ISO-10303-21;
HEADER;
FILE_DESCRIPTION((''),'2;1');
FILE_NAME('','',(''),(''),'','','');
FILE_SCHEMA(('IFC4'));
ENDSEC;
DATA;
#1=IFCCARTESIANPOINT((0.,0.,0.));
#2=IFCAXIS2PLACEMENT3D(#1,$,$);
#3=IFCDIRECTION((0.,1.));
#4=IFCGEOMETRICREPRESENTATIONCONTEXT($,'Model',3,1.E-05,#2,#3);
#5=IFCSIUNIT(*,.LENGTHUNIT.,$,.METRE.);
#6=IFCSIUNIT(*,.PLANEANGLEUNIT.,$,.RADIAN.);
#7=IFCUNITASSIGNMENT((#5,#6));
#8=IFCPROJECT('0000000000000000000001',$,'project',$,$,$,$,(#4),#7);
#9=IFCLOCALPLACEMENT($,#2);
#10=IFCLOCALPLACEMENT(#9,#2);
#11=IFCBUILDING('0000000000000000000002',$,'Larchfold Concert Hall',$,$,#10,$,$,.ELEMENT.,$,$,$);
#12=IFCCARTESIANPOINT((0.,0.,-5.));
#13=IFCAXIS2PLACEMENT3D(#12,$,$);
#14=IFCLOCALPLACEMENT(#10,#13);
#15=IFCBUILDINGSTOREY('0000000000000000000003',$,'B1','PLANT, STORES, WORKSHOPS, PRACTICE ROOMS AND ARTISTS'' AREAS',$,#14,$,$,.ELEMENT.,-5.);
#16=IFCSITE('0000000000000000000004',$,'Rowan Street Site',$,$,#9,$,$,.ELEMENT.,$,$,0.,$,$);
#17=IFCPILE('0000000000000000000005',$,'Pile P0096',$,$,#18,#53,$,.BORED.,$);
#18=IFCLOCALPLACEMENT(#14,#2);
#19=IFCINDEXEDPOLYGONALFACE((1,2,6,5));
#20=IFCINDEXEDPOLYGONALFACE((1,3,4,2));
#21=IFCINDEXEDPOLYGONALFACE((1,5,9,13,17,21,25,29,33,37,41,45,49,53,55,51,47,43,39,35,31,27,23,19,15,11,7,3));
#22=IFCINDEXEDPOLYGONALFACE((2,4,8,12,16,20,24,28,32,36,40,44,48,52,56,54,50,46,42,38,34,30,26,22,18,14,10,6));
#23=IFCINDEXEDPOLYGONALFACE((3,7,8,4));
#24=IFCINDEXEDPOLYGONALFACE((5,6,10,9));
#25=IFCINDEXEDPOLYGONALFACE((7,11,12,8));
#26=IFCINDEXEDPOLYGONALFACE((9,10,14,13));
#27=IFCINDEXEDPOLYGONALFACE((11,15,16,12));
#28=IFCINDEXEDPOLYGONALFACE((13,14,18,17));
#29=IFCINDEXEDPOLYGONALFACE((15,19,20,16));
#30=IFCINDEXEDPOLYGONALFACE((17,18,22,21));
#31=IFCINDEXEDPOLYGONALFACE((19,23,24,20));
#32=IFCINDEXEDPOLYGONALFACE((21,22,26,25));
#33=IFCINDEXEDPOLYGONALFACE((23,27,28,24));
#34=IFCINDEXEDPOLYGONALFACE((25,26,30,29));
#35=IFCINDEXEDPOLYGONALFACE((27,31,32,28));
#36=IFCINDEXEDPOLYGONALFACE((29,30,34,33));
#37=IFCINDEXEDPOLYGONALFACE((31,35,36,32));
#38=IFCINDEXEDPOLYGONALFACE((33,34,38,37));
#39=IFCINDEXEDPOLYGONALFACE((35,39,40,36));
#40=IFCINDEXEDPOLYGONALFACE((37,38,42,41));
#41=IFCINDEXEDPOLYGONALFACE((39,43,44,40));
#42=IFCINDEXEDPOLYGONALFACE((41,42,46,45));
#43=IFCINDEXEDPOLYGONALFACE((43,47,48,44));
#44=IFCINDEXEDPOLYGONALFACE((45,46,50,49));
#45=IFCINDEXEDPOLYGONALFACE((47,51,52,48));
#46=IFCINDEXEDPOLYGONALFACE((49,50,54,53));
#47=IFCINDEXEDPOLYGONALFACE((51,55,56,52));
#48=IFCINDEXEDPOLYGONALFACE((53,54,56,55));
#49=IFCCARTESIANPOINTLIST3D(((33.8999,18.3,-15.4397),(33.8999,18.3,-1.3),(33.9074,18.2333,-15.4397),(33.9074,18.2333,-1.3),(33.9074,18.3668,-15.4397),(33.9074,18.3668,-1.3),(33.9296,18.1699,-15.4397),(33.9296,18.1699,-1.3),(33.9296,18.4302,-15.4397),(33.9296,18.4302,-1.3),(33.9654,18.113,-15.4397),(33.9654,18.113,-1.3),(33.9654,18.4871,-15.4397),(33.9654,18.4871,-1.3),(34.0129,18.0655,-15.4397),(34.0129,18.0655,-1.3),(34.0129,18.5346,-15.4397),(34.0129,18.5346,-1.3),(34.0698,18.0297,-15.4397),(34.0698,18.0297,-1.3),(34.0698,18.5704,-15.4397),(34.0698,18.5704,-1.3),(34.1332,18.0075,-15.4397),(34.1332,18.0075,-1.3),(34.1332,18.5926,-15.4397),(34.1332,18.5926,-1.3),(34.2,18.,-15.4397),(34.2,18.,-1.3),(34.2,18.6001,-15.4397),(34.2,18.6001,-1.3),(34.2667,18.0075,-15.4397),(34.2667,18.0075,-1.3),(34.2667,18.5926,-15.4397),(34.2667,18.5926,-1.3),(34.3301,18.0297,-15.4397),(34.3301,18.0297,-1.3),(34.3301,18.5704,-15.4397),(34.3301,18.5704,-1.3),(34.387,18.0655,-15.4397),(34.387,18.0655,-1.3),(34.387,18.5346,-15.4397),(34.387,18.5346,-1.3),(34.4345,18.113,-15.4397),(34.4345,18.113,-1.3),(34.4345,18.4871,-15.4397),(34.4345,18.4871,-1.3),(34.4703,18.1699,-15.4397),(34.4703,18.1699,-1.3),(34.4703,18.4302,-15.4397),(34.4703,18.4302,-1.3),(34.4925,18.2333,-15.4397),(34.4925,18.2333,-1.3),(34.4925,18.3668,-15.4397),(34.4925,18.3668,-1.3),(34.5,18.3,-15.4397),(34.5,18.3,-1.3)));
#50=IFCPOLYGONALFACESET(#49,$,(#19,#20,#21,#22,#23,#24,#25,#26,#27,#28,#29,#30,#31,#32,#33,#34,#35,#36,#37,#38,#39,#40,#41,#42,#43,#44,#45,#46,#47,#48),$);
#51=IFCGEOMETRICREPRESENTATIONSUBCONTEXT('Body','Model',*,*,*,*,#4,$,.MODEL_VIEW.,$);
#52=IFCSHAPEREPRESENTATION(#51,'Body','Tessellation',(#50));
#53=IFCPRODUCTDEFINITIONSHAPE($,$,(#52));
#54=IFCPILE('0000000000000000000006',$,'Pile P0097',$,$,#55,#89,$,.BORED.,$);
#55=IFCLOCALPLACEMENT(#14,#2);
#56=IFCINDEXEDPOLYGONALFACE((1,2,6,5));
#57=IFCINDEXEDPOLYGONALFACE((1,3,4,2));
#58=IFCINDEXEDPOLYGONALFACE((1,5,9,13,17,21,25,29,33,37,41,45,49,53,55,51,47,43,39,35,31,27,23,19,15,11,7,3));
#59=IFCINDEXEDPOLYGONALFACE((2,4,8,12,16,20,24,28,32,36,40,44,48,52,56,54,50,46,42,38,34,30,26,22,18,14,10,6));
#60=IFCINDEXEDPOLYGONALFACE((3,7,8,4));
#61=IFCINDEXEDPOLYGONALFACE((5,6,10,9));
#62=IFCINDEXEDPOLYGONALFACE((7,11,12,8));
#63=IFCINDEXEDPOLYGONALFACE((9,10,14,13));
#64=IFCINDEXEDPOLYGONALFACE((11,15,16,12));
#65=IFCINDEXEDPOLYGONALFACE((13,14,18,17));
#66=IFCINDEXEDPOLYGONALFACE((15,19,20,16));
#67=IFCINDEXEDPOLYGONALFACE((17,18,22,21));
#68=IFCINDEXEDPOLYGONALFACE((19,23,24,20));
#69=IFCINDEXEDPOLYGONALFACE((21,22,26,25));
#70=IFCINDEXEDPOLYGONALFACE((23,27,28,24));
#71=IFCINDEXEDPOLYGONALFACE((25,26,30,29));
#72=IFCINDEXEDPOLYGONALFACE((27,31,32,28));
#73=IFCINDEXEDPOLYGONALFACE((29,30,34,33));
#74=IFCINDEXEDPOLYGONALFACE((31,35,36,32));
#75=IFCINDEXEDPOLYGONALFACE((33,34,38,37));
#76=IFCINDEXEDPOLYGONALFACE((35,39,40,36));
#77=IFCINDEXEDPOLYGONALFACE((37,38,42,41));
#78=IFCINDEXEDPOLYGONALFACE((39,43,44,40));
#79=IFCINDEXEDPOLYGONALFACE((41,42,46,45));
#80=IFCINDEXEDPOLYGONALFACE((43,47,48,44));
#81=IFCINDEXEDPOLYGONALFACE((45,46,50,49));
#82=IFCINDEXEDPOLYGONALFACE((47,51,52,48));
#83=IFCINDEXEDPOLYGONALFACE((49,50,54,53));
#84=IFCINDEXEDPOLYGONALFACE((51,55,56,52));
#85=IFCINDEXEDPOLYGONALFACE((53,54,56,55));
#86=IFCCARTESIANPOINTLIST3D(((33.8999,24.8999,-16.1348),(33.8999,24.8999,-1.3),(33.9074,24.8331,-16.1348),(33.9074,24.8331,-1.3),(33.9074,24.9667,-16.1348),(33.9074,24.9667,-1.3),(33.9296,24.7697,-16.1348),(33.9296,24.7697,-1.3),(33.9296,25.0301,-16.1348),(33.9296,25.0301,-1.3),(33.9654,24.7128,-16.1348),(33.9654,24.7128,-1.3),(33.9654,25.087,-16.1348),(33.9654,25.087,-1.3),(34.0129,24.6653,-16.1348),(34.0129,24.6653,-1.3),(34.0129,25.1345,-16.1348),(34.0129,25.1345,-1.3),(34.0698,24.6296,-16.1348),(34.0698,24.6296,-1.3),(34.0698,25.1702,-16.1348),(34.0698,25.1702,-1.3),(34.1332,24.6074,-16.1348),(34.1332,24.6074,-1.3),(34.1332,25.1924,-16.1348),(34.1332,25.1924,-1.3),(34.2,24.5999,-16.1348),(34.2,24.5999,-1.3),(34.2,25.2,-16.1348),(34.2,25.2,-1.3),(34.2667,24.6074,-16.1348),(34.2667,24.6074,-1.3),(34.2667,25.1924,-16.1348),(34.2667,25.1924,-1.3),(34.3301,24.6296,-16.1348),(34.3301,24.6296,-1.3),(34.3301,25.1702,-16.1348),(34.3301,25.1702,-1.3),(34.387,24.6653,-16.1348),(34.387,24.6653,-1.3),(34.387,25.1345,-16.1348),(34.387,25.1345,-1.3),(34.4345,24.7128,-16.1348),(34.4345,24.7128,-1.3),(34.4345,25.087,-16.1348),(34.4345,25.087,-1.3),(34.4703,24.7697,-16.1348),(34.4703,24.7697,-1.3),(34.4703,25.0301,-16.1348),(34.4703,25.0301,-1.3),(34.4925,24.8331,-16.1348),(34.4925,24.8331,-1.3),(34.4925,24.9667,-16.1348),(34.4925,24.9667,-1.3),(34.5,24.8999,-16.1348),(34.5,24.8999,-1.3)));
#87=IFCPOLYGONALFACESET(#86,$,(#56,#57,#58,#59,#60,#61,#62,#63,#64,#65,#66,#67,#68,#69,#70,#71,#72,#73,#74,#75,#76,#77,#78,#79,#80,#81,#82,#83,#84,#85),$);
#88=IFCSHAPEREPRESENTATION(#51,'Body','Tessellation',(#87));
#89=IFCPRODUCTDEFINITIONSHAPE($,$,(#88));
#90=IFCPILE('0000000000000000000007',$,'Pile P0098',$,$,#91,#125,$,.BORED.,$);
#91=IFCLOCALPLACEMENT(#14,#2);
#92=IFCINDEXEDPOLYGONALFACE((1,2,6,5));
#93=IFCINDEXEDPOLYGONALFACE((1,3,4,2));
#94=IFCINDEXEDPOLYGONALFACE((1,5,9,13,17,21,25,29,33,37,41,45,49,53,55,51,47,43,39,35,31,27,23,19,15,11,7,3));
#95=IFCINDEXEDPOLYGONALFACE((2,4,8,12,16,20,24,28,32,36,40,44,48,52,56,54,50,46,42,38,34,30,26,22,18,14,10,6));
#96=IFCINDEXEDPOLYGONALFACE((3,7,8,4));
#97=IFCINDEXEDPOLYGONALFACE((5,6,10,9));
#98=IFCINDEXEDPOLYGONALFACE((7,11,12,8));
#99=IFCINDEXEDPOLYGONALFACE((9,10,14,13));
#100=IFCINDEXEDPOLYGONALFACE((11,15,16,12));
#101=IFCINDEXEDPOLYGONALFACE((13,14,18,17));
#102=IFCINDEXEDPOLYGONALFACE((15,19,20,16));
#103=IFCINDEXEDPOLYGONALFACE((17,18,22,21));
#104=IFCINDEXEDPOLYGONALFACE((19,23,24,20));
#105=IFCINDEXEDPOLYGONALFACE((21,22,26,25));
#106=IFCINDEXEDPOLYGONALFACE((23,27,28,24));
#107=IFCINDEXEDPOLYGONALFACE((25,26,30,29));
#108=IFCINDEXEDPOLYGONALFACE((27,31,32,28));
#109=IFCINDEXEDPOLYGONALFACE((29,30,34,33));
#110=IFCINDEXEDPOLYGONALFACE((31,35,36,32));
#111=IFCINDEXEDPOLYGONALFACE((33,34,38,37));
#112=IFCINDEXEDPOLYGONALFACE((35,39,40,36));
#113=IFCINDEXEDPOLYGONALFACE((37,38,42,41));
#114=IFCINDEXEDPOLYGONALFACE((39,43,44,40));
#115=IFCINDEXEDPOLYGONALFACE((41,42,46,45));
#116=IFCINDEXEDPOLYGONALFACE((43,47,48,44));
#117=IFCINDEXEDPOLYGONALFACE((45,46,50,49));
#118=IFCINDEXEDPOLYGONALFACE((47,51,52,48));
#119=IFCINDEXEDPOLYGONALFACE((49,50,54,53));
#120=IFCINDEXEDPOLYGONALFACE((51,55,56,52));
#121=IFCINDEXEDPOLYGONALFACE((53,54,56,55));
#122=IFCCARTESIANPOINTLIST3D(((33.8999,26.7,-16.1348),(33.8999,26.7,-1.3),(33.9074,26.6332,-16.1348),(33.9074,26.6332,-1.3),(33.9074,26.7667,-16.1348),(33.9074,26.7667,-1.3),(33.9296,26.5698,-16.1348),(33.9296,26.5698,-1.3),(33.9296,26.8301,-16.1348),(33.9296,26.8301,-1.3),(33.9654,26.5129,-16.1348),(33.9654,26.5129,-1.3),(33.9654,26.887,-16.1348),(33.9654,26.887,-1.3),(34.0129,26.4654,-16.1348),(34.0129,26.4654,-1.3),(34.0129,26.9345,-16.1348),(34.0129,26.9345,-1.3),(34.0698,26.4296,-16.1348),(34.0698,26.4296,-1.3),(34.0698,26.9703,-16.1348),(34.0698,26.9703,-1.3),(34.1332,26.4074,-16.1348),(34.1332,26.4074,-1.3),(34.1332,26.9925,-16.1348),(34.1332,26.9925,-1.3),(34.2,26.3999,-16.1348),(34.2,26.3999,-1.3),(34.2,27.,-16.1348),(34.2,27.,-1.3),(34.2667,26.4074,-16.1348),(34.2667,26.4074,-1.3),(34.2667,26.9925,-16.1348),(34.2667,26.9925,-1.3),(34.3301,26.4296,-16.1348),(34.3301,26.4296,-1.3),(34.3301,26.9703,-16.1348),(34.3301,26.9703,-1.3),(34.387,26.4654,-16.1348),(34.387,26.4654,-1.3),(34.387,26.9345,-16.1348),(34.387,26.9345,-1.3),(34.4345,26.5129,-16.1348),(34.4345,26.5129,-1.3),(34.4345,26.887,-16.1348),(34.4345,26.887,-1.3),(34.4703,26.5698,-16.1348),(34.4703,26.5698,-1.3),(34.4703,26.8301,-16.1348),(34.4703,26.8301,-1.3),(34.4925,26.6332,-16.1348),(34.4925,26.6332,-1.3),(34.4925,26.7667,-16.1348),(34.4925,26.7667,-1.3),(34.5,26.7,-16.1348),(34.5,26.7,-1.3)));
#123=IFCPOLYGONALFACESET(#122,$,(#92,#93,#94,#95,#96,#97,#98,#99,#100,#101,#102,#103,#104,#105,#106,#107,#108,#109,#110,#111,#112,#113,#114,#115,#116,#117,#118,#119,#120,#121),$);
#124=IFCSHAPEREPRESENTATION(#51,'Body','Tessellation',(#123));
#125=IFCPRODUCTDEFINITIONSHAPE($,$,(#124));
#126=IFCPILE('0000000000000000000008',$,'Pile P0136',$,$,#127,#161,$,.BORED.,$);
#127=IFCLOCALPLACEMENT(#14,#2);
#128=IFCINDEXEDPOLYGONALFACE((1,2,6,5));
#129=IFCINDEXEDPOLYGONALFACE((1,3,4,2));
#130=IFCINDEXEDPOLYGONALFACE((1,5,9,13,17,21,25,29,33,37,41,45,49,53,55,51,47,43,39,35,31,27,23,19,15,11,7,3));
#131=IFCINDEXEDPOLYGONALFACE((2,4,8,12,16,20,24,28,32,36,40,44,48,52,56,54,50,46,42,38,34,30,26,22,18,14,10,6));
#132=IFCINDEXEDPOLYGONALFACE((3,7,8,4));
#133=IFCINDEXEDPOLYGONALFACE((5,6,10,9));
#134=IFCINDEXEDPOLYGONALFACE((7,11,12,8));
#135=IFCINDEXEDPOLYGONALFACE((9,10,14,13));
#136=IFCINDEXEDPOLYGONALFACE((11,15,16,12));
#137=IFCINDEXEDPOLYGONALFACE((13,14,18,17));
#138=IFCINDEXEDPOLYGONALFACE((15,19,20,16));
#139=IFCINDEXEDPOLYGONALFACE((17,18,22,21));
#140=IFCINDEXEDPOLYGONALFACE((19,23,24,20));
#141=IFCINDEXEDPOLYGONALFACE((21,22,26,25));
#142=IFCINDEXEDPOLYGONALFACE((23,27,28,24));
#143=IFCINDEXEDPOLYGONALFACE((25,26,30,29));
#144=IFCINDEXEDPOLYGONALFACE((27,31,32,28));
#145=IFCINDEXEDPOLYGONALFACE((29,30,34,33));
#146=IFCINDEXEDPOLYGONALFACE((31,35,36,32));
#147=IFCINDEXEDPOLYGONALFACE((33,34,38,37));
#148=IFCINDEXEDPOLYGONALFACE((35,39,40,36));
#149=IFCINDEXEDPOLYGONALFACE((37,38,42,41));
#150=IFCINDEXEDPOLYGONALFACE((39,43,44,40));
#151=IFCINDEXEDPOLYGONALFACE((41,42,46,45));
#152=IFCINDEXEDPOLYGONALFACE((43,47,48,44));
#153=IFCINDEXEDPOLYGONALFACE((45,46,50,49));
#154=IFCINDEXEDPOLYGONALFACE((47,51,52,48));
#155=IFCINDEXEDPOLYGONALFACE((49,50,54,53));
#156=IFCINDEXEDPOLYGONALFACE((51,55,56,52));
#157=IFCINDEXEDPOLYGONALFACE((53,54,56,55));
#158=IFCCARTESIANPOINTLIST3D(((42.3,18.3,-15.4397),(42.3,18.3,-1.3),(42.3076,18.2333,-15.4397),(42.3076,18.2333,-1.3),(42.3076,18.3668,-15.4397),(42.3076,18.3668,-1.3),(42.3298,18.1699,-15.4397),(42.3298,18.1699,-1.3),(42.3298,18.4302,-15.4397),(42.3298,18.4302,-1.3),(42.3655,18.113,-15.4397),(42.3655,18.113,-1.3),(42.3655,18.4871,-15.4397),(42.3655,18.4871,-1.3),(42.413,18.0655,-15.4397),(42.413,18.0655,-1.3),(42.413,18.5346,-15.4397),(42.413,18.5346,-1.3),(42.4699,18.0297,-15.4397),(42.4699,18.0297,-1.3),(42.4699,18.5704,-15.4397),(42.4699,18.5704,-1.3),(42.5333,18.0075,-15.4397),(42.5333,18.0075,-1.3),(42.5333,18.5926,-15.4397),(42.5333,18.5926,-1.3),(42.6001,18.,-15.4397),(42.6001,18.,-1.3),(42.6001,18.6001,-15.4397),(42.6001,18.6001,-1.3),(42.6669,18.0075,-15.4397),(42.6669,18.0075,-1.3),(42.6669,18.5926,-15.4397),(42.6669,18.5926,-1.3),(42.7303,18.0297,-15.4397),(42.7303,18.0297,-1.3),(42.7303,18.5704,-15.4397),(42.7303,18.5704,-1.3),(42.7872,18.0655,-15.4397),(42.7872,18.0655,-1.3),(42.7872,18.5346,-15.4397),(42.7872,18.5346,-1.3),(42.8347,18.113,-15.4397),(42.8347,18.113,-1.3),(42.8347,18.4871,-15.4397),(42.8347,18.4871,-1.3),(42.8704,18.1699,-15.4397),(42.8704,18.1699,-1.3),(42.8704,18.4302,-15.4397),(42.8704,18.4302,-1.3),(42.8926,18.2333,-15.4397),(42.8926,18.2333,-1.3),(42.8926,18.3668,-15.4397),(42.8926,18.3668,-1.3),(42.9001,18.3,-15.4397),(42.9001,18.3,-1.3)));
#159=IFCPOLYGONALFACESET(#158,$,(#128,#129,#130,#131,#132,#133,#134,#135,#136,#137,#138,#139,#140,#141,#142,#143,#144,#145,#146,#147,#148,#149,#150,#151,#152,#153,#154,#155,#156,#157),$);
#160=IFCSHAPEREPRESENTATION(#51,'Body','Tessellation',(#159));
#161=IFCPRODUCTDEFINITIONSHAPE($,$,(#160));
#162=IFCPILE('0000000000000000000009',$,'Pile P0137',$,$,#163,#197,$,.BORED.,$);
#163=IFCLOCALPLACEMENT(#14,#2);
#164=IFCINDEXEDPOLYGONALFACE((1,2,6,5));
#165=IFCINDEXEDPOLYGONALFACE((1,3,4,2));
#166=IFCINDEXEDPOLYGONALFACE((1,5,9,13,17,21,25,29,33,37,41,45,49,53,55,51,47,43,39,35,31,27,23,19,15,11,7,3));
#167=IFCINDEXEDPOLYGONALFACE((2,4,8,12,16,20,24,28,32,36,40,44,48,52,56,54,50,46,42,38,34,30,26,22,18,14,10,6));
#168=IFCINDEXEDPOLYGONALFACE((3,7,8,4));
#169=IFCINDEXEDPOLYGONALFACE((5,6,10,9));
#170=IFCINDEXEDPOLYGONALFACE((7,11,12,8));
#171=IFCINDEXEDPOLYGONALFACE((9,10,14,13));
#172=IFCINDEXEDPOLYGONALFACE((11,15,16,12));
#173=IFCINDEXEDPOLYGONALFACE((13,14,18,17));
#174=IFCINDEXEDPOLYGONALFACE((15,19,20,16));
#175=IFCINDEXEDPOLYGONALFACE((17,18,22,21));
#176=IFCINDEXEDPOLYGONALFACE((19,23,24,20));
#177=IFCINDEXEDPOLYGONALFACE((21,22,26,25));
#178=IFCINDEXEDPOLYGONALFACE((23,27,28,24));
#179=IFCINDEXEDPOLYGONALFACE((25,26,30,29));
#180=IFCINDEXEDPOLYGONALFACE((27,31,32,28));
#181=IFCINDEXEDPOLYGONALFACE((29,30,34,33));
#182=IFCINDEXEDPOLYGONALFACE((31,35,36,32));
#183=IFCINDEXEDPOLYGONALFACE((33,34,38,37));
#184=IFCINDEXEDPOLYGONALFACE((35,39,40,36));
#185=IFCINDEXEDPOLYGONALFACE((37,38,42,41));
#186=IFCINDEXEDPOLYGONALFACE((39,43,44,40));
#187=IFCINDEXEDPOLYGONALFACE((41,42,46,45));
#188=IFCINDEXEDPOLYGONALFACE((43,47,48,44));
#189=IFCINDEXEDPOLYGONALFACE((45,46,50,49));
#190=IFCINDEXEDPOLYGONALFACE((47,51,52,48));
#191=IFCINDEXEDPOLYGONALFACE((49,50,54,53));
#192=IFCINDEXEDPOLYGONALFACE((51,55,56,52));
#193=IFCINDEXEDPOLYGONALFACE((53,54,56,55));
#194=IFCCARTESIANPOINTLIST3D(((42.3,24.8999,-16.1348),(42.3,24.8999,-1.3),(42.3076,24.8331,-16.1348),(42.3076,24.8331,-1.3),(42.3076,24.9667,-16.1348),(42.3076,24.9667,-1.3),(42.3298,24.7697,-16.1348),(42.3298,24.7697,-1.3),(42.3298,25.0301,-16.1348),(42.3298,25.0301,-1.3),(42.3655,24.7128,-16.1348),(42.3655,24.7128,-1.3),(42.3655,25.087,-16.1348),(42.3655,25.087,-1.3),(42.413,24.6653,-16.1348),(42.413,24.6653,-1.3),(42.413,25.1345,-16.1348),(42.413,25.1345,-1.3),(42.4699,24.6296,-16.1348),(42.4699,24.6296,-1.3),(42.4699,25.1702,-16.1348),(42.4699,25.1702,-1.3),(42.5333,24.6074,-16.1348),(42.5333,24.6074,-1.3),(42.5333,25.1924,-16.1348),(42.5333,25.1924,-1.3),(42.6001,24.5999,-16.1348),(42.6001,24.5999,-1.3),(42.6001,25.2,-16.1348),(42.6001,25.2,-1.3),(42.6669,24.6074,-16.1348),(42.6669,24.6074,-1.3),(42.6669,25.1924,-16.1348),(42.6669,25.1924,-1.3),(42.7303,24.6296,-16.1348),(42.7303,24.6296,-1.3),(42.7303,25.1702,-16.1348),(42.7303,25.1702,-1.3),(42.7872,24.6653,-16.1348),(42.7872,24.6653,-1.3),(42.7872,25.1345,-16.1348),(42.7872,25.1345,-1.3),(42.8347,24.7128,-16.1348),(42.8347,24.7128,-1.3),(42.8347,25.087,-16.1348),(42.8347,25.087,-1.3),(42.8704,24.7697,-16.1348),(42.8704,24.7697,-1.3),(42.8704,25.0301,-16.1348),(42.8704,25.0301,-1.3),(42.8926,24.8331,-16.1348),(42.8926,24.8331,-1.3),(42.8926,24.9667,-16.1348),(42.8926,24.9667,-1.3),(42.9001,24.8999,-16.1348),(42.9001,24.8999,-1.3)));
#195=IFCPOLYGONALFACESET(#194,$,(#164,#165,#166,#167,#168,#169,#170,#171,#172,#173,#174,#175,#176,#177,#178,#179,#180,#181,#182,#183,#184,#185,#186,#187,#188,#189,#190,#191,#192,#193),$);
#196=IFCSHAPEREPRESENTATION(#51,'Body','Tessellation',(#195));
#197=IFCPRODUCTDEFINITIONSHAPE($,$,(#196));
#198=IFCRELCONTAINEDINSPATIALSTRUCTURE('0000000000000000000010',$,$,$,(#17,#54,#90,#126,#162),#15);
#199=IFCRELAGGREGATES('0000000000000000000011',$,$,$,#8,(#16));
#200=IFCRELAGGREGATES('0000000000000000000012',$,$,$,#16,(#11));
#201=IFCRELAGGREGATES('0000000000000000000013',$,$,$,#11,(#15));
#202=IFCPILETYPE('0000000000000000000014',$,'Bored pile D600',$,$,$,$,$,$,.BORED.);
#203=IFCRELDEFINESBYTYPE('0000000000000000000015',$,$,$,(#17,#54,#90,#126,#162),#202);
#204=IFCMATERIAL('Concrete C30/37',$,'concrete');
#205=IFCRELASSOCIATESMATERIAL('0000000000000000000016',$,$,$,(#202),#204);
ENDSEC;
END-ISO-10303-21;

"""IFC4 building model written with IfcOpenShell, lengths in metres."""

from ifc_helpers import new_model, si_unit, direction, frame, origin, origin_2d, place, context, subcontext, project, spatial, circle, extrude, material, material_profile, profile_set, type_object, element, save


model = new_model("IFC4")

# Units and contexts
model_context = context("Model", 3, precision=1e-05, world=origin(), true_north=direction((0.0, 1.0)))
body_context = subcontext(model_context, "Body", "Model", "MODEL_VIEW")
ifc_project = project(units=[si_unit("LENGTHUNIT", "METRE"), si_unit("PLANEANGLEUNIT", "RADIAN")], contexts=[model_context])

# Site, building, storey
site_placement = place(None, origin())
site = spatial("IfcSite", under=ifc_project, at=site_placement, Name="Rowan Street Site", CompositionType="ELEMENT", RefElevation=0.0)
building_placement = place(site_placement, origin())
building = spatial("IfcBuilding", under=site, at=building_placement, Name="Larchfold Concert Hall", CompositionType="ELEMENT")
storey_placement = place(building_placement, frame((0.0, 0.0, -5.0)))
storey = spatial("IfcBuildingStorey", under=building, at=storey_placement, Name="B1", Description="PLANT, STORES, WORKSHOPS, PRACTICE ROOMS AND ARTISTS' AREAS", CompositionType="ELEMENT", Elevation=-5.0)

# Piles
ifc_material_1 = material(Name="Concrete C30/37", Category="concrete")
ifc_material_profile_1 = material_profile(ifc_material_1, circle(Radius=0.3, at=origin_2d()))
ifc_profile_set_1 = profile_set([ifc_material_profile_1], Name="Concrete C30/37")
pile_type_1 = type_object("IfcPileType", Name="Bored pile D600", PredefinedType="BORED", material=ifc_profile_set_1)
pile_1_placement = place(storey_placement, frame((34.2, 18.3, -1.3), z_axis=(0.0, 0.0, -1.0), x_axis=(1.0, 0.0, 0.0)))
element("IfcPile", 1, at=pile_1_placement, inside=storey, type_object=pile_type_1, Name="Pile P0096", PredefinedType="BORED", context=body_context, shape_type="SweptSolid", body=[
    extrude(circle(Radius=0.3, at=origin_2d()), origin(), (0.0, 0.0, 1.0), 14.1396),
])
for number, where, z_axis, x_axis, name in (
    (2, (34.2, 24.8999, -1.3), (0.0, 0.0, -1.0), (1.0, 0.0, 0.0), "Pile P0097"),
    (3, (34.2, 26.7, -1.3), (0.0, 0.0, -1.0), (1.0, 0.0, 0.0), "Pile P0098"),
):
    element("IfcPile", number, at=place(storey_placement, frame(where, z_axis=z_axis, x_axis=x_axis)), inside=storey, type_object=pile_type_1, Name=name, PredefinedType="BORED", context=body_context, shape_type="SweptSolid", body=[
        extrude(circle(Radius=0.3, at=origin_2d()), origin(), (0.0, 0.0, 1.0), 14.8347),
    ])
pile_2_placement = place(storey_placement, frame((42.6001, 18.3, -1.3), z_axis=(0.0, 0.0, -1.0), x_axis=(1.0, 0.0, 0.0)))
element("IfcPile", 4, at=pile_2_placement, inside=storey, type_object=pile_type_1, Name="Pile P0136", PredefinedType="BORED", context=body_context, shape_type="SweptSolid", body=[
    extrude(circle(Radius=0.3, at=origin_2d()), origin(), (0.0, 0.0, 1.0), 14.1396),
])
for number, where, z_axis, x_axis, name in (
    (5, (42.6001, 24.8999, -1.3), (0.0, 0.0, -1.0), (1.0, 0.0, 0.0), "Pile P0137"),
):
    element("IfcPile", number, at=place(storey_placement, frame(where, z_axis=z_axis, x_axis=x_axis)), inside=storey, type_object=pile_type_1, Name=name, PredefinedType="BORED", context=body_context, shape_type="SweptSolid", body=[
        extrude(circle(Radius=0.3, at=origin_2d()), origin(), (0.0, 0.0, 1.0), 14.8347),
    ])

save(model, "model.ifc")
